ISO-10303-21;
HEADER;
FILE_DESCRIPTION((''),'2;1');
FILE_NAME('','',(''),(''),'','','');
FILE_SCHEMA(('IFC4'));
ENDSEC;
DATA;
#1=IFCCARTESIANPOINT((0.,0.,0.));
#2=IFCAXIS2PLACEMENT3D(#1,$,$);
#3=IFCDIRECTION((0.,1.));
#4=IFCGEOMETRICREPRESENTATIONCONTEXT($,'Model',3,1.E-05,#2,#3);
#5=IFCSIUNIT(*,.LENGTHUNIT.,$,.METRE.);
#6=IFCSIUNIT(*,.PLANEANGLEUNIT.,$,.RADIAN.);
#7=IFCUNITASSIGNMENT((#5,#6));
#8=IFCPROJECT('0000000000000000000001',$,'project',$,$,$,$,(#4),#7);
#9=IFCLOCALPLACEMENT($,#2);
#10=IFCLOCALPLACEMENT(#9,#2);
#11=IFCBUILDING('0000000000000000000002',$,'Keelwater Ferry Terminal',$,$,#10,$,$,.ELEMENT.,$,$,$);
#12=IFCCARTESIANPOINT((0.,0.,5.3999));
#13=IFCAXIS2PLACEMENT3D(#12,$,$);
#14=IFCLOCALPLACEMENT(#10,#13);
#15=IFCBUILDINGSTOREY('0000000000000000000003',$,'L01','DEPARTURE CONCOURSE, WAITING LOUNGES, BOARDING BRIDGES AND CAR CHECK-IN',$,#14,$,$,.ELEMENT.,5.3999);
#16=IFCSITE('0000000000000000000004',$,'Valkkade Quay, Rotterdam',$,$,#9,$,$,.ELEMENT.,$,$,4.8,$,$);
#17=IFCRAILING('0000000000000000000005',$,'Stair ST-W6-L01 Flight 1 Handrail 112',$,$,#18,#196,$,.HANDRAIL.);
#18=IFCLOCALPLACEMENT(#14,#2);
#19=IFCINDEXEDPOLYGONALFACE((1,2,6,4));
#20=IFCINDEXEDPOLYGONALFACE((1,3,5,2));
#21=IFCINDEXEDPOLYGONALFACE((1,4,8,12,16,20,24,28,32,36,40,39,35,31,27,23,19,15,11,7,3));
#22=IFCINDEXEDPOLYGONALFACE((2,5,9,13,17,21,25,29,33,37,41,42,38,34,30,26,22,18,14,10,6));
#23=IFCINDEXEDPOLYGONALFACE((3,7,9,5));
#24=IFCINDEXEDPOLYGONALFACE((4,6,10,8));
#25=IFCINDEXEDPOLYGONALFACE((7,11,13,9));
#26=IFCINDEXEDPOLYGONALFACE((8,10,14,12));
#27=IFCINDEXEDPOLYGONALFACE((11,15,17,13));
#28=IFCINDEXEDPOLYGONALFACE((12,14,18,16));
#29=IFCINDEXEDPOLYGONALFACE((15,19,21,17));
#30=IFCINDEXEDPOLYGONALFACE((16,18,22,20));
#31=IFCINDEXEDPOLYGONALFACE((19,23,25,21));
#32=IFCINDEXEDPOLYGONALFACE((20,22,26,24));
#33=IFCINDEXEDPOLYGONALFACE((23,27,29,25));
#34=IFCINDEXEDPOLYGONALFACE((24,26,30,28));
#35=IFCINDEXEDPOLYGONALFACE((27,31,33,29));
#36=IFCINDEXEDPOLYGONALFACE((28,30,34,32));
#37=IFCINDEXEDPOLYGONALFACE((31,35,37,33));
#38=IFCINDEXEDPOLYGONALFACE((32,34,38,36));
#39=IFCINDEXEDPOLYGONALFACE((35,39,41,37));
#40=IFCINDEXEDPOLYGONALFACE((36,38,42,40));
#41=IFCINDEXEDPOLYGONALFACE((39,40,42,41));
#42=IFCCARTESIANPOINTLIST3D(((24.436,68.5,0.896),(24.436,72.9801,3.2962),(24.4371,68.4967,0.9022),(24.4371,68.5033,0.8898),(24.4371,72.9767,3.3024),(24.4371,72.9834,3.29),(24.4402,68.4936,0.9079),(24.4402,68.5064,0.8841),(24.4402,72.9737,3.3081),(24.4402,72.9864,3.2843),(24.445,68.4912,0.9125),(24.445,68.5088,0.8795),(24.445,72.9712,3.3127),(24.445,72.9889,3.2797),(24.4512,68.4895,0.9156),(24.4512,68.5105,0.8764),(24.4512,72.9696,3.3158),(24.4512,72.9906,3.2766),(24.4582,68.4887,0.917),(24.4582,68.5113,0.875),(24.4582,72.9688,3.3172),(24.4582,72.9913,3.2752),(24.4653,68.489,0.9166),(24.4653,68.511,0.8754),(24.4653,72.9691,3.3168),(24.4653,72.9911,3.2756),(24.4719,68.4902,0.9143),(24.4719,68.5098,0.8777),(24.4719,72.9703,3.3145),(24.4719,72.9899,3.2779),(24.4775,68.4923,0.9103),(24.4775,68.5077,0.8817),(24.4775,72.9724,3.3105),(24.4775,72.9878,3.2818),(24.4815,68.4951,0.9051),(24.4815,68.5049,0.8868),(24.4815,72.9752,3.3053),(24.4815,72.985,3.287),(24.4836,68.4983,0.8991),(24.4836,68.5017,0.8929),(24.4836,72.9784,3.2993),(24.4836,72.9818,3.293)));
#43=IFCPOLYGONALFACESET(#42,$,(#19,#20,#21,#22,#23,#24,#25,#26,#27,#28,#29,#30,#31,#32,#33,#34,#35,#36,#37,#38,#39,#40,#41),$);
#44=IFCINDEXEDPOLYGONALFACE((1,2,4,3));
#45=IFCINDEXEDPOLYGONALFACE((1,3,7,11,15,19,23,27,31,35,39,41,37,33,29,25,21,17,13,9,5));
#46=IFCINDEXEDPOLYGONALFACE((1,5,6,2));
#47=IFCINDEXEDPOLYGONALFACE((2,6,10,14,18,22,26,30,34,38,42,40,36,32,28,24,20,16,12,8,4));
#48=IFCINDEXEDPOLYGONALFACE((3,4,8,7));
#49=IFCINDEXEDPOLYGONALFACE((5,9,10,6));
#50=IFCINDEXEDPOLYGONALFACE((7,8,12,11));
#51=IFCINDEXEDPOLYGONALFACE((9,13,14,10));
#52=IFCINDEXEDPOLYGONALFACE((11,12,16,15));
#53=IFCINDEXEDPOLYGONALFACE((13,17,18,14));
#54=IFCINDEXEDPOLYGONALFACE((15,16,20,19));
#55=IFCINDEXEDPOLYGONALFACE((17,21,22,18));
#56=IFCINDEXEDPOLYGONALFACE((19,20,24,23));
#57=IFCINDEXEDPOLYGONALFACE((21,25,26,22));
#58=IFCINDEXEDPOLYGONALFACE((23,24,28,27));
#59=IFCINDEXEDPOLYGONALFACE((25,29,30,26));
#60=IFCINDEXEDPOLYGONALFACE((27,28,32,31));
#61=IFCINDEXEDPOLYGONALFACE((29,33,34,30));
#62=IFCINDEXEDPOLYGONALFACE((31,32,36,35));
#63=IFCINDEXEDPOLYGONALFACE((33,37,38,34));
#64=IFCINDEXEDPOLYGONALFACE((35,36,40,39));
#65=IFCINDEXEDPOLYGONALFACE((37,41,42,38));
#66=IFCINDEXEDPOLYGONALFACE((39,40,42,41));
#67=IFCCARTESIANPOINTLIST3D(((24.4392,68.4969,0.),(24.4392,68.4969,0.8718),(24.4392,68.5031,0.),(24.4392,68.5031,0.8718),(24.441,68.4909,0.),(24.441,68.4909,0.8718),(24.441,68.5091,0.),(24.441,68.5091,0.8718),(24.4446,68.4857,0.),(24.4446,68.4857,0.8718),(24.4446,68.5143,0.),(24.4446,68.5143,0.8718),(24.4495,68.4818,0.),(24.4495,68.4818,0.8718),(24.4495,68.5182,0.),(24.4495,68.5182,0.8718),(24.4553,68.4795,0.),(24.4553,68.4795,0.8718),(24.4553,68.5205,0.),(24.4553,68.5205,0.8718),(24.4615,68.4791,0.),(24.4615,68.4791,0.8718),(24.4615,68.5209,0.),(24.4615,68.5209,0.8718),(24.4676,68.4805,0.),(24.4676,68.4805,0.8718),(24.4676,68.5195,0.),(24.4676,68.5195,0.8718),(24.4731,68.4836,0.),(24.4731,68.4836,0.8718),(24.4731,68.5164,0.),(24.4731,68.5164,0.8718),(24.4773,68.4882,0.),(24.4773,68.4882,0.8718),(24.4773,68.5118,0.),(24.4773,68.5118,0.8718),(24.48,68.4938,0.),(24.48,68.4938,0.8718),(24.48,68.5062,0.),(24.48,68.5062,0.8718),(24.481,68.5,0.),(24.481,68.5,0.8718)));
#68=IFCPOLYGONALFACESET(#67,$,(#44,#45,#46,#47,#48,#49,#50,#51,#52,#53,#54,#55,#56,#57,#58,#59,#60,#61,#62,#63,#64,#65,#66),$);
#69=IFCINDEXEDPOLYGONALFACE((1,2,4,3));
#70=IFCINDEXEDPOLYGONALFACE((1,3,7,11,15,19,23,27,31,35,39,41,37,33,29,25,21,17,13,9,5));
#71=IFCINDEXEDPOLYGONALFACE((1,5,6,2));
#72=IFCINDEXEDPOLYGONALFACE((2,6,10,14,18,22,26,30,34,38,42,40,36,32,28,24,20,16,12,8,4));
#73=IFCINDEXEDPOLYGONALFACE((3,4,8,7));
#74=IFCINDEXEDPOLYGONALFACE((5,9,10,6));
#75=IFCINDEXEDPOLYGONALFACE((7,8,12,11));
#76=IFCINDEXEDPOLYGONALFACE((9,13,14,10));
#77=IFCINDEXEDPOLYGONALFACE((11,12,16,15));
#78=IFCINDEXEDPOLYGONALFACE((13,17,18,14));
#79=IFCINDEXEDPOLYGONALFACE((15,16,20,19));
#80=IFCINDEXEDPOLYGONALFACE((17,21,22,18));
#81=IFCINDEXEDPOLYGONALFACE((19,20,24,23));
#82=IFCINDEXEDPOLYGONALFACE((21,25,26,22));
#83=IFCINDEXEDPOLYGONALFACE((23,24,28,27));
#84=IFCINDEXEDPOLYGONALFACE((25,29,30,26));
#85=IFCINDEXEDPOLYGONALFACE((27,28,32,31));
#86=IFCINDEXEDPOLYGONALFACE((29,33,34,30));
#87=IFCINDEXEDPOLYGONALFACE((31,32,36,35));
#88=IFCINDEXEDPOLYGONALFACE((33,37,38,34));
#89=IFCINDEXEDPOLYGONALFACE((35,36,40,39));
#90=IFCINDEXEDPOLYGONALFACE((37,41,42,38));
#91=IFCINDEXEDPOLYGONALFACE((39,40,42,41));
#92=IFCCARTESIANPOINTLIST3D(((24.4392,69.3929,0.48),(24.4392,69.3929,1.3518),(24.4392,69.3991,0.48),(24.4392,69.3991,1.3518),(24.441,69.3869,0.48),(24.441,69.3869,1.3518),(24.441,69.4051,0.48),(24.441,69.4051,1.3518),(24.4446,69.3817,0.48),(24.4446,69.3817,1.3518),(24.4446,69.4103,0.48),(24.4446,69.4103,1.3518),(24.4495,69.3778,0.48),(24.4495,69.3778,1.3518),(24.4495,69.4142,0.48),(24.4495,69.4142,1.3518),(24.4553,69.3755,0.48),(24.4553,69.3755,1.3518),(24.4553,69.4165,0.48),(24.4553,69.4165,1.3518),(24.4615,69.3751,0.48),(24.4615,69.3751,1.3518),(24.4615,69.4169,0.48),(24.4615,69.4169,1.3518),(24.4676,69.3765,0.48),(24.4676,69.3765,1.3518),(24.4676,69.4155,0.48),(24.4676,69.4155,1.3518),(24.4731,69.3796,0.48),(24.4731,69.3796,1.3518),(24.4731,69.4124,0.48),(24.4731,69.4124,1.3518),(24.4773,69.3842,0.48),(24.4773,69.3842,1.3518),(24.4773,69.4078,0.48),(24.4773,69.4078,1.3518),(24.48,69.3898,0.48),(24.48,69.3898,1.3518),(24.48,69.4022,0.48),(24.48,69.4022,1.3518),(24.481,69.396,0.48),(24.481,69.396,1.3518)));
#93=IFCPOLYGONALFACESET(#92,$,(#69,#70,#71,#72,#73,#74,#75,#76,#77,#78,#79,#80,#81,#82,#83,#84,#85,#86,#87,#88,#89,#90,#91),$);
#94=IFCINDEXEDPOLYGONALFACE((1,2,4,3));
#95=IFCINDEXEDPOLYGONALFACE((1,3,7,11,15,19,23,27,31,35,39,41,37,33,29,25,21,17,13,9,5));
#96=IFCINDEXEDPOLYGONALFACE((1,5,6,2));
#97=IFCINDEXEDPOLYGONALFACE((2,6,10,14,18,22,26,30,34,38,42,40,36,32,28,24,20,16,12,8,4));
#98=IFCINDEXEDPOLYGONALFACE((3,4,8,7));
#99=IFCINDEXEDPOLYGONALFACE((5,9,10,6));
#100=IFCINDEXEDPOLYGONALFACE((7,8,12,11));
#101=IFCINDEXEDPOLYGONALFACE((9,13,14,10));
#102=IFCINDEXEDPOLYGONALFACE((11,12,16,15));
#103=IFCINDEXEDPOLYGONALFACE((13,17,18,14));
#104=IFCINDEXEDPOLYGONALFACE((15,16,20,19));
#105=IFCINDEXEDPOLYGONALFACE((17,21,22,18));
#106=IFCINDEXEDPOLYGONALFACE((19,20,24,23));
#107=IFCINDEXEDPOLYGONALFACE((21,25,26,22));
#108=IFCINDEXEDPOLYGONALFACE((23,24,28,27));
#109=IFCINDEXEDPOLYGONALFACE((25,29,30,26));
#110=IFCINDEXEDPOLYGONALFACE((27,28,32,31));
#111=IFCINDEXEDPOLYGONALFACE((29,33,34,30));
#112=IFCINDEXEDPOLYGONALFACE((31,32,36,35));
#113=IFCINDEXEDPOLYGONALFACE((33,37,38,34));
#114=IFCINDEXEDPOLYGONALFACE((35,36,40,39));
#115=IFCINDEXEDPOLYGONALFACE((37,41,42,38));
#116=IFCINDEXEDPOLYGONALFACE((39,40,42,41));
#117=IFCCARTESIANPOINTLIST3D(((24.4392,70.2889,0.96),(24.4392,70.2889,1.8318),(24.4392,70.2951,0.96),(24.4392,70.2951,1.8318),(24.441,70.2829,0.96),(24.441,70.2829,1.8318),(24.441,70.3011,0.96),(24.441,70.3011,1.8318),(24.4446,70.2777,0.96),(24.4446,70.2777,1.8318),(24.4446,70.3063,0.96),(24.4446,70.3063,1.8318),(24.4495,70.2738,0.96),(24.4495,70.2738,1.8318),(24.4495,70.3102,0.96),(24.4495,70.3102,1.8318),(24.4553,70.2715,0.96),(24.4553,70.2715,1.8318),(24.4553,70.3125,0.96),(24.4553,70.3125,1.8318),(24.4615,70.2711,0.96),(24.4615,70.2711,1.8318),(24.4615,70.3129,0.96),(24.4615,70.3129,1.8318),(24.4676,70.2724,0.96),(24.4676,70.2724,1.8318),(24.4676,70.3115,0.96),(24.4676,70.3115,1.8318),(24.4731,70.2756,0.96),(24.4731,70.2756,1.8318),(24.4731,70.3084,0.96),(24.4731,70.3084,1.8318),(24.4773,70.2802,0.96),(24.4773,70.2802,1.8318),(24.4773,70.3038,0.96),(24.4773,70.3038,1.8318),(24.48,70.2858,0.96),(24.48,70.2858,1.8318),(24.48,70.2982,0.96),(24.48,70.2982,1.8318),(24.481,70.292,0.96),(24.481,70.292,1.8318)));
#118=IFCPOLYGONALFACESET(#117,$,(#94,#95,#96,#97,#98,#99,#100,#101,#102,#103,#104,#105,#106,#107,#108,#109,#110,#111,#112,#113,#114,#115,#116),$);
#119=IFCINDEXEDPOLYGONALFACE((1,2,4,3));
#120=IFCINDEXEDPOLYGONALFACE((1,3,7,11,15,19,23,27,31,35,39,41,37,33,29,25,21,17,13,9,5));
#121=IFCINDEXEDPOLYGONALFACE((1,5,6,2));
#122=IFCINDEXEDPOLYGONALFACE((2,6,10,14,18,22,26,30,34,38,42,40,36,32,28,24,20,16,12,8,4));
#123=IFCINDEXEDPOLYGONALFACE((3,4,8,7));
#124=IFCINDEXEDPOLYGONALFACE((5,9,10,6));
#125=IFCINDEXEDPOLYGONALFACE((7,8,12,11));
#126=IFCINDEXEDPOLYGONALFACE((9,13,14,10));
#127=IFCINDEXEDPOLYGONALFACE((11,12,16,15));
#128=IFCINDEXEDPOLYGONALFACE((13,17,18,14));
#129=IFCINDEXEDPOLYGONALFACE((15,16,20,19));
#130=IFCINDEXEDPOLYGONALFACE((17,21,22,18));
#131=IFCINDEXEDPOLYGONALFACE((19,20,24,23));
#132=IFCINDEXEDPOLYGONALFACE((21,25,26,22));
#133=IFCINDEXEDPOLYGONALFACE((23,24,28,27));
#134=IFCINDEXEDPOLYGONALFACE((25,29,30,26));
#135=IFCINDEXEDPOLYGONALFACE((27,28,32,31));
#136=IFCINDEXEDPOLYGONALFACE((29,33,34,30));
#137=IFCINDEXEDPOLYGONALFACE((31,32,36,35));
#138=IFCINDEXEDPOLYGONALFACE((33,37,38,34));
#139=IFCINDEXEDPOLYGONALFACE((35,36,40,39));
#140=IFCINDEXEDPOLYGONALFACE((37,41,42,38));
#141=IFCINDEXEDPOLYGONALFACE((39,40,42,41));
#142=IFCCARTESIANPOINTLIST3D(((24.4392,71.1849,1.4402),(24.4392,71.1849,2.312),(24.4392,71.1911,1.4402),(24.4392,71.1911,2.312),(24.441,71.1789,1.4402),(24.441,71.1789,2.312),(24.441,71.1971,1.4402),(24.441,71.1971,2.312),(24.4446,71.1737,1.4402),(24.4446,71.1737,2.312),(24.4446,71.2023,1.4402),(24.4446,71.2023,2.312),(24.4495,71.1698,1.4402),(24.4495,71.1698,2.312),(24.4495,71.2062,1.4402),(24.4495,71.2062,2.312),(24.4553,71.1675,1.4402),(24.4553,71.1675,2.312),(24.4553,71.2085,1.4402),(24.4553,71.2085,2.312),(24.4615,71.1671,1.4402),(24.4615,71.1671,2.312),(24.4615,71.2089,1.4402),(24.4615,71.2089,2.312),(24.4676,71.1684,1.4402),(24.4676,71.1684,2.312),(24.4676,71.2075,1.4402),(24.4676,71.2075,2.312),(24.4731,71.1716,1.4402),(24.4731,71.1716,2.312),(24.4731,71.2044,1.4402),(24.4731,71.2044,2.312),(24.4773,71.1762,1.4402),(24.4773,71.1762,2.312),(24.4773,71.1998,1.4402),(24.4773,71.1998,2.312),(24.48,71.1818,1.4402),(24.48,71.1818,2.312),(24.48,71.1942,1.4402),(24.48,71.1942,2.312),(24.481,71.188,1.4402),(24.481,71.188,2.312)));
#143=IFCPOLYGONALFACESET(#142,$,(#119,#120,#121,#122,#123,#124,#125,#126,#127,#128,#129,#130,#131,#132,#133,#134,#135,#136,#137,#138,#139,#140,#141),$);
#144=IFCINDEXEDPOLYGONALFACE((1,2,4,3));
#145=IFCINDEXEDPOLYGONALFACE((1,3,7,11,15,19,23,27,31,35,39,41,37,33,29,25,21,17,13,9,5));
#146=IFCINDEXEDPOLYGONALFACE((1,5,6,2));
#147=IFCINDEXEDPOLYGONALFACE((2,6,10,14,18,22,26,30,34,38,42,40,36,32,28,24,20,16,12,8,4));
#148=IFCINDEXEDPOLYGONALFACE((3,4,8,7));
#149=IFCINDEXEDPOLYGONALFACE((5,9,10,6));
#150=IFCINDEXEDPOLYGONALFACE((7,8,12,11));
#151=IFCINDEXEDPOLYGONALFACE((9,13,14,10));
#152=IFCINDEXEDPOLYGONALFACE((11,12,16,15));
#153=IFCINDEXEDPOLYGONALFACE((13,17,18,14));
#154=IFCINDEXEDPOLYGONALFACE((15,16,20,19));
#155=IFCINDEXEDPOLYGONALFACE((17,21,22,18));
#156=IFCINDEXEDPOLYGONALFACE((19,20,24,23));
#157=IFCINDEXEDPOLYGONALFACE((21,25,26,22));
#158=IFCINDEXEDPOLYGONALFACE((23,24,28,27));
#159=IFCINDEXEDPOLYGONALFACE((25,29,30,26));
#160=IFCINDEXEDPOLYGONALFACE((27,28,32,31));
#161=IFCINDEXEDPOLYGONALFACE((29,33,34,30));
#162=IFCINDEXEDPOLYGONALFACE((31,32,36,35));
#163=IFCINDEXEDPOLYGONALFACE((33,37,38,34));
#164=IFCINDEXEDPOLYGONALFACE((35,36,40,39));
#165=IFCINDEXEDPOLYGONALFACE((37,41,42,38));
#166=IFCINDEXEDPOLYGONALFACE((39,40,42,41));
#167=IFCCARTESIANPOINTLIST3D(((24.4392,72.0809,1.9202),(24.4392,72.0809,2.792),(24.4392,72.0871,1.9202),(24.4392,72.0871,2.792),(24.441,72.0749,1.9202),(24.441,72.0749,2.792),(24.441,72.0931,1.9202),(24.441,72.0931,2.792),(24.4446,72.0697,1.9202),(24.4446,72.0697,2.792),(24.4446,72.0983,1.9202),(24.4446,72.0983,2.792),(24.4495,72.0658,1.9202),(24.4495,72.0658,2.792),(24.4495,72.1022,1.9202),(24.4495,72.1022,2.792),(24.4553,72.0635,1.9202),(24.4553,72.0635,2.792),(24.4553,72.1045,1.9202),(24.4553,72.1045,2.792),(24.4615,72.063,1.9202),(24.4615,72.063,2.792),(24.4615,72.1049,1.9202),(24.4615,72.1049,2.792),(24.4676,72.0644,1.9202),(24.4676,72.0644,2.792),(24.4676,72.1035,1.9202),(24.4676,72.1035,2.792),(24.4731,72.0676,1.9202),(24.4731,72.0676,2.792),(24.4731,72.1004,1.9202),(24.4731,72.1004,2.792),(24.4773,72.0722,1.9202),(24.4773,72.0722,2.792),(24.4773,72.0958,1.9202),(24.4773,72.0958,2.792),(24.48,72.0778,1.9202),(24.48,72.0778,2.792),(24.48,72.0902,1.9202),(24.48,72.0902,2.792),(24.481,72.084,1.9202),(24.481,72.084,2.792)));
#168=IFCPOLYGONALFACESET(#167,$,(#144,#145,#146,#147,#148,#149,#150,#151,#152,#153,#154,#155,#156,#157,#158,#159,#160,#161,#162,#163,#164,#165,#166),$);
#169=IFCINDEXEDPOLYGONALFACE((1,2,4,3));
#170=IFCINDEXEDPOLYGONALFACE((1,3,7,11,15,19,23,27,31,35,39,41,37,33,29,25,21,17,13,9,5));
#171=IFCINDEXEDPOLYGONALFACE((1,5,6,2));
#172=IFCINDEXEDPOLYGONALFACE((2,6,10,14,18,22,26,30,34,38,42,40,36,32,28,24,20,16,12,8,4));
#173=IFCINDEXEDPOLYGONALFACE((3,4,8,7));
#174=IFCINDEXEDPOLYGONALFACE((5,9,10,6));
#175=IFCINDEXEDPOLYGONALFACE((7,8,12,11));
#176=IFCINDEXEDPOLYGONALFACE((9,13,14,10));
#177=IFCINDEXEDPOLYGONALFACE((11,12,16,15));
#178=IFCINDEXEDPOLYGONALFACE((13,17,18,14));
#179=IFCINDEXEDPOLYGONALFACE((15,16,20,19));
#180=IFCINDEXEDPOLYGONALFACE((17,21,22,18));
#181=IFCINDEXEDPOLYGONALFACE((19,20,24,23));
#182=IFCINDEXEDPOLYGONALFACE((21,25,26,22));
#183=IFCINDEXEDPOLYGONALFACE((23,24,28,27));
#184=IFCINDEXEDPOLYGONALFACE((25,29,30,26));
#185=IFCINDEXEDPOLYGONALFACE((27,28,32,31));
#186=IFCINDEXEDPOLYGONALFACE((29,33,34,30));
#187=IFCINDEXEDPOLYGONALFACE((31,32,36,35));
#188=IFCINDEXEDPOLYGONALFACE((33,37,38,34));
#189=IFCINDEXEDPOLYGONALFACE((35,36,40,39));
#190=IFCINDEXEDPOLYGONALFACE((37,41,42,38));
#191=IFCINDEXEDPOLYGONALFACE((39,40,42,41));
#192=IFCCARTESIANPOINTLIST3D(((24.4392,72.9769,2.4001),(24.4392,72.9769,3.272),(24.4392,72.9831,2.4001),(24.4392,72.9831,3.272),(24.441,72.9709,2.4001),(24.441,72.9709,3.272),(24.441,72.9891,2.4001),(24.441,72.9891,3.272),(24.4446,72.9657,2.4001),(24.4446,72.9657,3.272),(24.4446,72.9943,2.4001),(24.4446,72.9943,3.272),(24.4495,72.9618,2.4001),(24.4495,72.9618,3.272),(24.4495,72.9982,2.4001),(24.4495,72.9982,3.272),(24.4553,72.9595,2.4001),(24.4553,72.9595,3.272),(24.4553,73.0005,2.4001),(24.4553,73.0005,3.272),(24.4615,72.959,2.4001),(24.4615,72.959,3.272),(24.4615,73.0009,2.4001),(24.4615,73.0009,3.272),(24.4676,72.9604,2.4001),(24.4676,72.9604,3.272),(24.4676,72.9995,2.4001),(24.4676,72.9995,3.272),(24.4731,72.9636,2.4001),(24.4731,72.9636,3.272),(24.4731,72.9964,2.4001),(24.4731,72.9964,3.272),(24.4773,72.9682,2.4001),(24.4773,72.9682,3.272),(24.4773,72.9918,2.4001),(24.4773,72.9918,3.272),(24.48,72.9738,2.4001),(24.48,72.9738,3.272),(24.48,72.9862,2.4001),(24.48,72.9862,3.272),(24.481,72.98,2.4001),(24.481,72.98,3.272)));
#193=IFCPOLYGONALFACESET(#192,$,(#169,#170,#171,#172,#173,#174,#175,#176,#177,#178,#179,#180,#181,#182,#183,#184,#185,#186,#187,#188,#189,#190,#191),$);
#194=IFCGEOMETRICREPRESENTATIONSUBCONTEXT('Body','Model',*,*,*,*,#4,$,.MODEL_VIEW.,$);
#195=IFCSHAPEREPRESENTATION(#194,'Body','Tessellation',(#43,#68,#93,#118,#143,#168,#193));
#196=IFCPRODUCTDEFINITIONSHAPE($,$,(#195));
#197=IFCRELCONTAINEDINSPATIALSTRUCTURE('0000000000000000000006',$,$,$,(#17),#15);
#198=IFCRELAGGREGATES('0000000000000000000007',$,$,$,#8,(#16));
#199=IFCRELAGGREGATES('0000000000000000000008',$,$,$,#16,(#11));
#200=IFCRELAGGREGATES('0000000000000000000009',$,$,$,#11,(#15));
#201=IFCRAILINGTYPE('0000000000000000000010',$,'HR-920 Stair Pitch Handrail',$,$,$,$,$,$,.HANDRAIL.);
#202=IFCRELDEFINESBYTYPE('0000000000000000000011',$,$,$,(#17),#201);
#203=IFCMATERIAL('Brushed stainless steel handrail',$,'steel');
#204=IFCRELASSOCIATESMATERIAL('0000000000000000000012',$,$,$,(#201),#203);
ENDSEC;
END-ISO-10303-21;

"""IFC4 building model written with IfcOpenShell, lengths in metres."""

from ifc_helpers import new_model, si_unit, direction, frame, origin, origin_2d, place, context, subcontext, project, spatial, circle, extrude, material, type_object, element, save


model = new_model("IFC4")

# Units and contexts
model_context = context("Model", 3, precision=1e-05, world=origin(), true_north=direction((0.0, 1.0)))
body_context = subcontext(model_context, "Body", "Model", "MODEL_VIEW")
ifc_project = project(units=[si_unit("LENGTHUNIT", "METRE"), si_unit("PLANEANGLEUNIT", "RADIAN")], contexts=[model_context])

# Site, building, storey
site_placement = place(None, origin())
site = spatial("IfcSite", under=ifc_project, at=site_placement, Name="Valkkade Quay, Rotterdam", CompositionType="ELEMENT", RefElevation=4.8)
building_placement = place(site_placement, origin())
building = spatial("IfcBuilding", under=site, at=building_placement, Name="Keelwater Ferry Terminal", CompositionType="ELEMENT")
storey_placement = place(building_placement, frame((0.0, 0.0, 5.3999)))
storey = spatial("IfcBuildingStorey", under=building, at=storey_placement, Name="L01", Description="DEPARTURE CONCOURSE, WAITING LOUNGES, BOARDING BRIDGES AND CAR CHECK-IN", CompositionType="ELEMENT", Elevation=5.3999)

# Railing
ifc_material_1 = material(Name="Brushed stainless steel handrail", Category="steel")
railing_type_1 = type_object("IfcRailingType", Name="HR-920 Stair Pitch Handrail", PredefinedType="HANDRAIL", material=ifc_material_1)
railing_1_placement = place(storey_placement, frame((24.46, 68.5, 0.0)))
element("IfcRailing", 1, at=railing_1_placement, inside=storey, type_object=railing_type_1, Name="Stair ST-W6-L01 Flight 1 Handrail 112", PredefinedType="HANDRAIL", context=body_context, shape_type="SweptSolid", body=[
    extrude(circle(Radius=0.0239, at=origin_2d()), frame((0.0, 0.0, 0.896), z_axis=(0.0, 0.881467, 0.472245), x_axis=(-1.0, 0.0, 0.0)), (0.0, 0.0, 1.0), 5.0825),
    extrude(circle(Radius=0.021, at=origin_2d()), origin(), (0.0, 0.0, 1.0), 0.8718),
    extrude(circle(Radius=0.021, at=origin_2d()), frame((0.0, 0.896, 0.48)), (0.0, 0.0, 1.0), 0.8718),
    extrude(circle(Radius=0.021, at=origin_2d()), frame((0.0, 1.792, 0.96)), (0.0, 0.0, 1.0), 0.8718),
    extrude(circle(Radius=0.021, at=origin_2d()), frame((0.0, 2.688, 1.4402)), (0.0, 0.0, 1.0), 0.8718),
    extrude(circle(Radius=0.021, at=origin_2d()), frame((0.0, 3.584, 1.9202)), (0.0, 0.0, 1.0), 0.8718),
    extrude(circle(Radius=0.021, at=origin_2d()), frame((0.0, 4.48, 2.4001)), (0.0, 0.0, 1.0), 0.8718),
])

save(model, "model.ifc")
